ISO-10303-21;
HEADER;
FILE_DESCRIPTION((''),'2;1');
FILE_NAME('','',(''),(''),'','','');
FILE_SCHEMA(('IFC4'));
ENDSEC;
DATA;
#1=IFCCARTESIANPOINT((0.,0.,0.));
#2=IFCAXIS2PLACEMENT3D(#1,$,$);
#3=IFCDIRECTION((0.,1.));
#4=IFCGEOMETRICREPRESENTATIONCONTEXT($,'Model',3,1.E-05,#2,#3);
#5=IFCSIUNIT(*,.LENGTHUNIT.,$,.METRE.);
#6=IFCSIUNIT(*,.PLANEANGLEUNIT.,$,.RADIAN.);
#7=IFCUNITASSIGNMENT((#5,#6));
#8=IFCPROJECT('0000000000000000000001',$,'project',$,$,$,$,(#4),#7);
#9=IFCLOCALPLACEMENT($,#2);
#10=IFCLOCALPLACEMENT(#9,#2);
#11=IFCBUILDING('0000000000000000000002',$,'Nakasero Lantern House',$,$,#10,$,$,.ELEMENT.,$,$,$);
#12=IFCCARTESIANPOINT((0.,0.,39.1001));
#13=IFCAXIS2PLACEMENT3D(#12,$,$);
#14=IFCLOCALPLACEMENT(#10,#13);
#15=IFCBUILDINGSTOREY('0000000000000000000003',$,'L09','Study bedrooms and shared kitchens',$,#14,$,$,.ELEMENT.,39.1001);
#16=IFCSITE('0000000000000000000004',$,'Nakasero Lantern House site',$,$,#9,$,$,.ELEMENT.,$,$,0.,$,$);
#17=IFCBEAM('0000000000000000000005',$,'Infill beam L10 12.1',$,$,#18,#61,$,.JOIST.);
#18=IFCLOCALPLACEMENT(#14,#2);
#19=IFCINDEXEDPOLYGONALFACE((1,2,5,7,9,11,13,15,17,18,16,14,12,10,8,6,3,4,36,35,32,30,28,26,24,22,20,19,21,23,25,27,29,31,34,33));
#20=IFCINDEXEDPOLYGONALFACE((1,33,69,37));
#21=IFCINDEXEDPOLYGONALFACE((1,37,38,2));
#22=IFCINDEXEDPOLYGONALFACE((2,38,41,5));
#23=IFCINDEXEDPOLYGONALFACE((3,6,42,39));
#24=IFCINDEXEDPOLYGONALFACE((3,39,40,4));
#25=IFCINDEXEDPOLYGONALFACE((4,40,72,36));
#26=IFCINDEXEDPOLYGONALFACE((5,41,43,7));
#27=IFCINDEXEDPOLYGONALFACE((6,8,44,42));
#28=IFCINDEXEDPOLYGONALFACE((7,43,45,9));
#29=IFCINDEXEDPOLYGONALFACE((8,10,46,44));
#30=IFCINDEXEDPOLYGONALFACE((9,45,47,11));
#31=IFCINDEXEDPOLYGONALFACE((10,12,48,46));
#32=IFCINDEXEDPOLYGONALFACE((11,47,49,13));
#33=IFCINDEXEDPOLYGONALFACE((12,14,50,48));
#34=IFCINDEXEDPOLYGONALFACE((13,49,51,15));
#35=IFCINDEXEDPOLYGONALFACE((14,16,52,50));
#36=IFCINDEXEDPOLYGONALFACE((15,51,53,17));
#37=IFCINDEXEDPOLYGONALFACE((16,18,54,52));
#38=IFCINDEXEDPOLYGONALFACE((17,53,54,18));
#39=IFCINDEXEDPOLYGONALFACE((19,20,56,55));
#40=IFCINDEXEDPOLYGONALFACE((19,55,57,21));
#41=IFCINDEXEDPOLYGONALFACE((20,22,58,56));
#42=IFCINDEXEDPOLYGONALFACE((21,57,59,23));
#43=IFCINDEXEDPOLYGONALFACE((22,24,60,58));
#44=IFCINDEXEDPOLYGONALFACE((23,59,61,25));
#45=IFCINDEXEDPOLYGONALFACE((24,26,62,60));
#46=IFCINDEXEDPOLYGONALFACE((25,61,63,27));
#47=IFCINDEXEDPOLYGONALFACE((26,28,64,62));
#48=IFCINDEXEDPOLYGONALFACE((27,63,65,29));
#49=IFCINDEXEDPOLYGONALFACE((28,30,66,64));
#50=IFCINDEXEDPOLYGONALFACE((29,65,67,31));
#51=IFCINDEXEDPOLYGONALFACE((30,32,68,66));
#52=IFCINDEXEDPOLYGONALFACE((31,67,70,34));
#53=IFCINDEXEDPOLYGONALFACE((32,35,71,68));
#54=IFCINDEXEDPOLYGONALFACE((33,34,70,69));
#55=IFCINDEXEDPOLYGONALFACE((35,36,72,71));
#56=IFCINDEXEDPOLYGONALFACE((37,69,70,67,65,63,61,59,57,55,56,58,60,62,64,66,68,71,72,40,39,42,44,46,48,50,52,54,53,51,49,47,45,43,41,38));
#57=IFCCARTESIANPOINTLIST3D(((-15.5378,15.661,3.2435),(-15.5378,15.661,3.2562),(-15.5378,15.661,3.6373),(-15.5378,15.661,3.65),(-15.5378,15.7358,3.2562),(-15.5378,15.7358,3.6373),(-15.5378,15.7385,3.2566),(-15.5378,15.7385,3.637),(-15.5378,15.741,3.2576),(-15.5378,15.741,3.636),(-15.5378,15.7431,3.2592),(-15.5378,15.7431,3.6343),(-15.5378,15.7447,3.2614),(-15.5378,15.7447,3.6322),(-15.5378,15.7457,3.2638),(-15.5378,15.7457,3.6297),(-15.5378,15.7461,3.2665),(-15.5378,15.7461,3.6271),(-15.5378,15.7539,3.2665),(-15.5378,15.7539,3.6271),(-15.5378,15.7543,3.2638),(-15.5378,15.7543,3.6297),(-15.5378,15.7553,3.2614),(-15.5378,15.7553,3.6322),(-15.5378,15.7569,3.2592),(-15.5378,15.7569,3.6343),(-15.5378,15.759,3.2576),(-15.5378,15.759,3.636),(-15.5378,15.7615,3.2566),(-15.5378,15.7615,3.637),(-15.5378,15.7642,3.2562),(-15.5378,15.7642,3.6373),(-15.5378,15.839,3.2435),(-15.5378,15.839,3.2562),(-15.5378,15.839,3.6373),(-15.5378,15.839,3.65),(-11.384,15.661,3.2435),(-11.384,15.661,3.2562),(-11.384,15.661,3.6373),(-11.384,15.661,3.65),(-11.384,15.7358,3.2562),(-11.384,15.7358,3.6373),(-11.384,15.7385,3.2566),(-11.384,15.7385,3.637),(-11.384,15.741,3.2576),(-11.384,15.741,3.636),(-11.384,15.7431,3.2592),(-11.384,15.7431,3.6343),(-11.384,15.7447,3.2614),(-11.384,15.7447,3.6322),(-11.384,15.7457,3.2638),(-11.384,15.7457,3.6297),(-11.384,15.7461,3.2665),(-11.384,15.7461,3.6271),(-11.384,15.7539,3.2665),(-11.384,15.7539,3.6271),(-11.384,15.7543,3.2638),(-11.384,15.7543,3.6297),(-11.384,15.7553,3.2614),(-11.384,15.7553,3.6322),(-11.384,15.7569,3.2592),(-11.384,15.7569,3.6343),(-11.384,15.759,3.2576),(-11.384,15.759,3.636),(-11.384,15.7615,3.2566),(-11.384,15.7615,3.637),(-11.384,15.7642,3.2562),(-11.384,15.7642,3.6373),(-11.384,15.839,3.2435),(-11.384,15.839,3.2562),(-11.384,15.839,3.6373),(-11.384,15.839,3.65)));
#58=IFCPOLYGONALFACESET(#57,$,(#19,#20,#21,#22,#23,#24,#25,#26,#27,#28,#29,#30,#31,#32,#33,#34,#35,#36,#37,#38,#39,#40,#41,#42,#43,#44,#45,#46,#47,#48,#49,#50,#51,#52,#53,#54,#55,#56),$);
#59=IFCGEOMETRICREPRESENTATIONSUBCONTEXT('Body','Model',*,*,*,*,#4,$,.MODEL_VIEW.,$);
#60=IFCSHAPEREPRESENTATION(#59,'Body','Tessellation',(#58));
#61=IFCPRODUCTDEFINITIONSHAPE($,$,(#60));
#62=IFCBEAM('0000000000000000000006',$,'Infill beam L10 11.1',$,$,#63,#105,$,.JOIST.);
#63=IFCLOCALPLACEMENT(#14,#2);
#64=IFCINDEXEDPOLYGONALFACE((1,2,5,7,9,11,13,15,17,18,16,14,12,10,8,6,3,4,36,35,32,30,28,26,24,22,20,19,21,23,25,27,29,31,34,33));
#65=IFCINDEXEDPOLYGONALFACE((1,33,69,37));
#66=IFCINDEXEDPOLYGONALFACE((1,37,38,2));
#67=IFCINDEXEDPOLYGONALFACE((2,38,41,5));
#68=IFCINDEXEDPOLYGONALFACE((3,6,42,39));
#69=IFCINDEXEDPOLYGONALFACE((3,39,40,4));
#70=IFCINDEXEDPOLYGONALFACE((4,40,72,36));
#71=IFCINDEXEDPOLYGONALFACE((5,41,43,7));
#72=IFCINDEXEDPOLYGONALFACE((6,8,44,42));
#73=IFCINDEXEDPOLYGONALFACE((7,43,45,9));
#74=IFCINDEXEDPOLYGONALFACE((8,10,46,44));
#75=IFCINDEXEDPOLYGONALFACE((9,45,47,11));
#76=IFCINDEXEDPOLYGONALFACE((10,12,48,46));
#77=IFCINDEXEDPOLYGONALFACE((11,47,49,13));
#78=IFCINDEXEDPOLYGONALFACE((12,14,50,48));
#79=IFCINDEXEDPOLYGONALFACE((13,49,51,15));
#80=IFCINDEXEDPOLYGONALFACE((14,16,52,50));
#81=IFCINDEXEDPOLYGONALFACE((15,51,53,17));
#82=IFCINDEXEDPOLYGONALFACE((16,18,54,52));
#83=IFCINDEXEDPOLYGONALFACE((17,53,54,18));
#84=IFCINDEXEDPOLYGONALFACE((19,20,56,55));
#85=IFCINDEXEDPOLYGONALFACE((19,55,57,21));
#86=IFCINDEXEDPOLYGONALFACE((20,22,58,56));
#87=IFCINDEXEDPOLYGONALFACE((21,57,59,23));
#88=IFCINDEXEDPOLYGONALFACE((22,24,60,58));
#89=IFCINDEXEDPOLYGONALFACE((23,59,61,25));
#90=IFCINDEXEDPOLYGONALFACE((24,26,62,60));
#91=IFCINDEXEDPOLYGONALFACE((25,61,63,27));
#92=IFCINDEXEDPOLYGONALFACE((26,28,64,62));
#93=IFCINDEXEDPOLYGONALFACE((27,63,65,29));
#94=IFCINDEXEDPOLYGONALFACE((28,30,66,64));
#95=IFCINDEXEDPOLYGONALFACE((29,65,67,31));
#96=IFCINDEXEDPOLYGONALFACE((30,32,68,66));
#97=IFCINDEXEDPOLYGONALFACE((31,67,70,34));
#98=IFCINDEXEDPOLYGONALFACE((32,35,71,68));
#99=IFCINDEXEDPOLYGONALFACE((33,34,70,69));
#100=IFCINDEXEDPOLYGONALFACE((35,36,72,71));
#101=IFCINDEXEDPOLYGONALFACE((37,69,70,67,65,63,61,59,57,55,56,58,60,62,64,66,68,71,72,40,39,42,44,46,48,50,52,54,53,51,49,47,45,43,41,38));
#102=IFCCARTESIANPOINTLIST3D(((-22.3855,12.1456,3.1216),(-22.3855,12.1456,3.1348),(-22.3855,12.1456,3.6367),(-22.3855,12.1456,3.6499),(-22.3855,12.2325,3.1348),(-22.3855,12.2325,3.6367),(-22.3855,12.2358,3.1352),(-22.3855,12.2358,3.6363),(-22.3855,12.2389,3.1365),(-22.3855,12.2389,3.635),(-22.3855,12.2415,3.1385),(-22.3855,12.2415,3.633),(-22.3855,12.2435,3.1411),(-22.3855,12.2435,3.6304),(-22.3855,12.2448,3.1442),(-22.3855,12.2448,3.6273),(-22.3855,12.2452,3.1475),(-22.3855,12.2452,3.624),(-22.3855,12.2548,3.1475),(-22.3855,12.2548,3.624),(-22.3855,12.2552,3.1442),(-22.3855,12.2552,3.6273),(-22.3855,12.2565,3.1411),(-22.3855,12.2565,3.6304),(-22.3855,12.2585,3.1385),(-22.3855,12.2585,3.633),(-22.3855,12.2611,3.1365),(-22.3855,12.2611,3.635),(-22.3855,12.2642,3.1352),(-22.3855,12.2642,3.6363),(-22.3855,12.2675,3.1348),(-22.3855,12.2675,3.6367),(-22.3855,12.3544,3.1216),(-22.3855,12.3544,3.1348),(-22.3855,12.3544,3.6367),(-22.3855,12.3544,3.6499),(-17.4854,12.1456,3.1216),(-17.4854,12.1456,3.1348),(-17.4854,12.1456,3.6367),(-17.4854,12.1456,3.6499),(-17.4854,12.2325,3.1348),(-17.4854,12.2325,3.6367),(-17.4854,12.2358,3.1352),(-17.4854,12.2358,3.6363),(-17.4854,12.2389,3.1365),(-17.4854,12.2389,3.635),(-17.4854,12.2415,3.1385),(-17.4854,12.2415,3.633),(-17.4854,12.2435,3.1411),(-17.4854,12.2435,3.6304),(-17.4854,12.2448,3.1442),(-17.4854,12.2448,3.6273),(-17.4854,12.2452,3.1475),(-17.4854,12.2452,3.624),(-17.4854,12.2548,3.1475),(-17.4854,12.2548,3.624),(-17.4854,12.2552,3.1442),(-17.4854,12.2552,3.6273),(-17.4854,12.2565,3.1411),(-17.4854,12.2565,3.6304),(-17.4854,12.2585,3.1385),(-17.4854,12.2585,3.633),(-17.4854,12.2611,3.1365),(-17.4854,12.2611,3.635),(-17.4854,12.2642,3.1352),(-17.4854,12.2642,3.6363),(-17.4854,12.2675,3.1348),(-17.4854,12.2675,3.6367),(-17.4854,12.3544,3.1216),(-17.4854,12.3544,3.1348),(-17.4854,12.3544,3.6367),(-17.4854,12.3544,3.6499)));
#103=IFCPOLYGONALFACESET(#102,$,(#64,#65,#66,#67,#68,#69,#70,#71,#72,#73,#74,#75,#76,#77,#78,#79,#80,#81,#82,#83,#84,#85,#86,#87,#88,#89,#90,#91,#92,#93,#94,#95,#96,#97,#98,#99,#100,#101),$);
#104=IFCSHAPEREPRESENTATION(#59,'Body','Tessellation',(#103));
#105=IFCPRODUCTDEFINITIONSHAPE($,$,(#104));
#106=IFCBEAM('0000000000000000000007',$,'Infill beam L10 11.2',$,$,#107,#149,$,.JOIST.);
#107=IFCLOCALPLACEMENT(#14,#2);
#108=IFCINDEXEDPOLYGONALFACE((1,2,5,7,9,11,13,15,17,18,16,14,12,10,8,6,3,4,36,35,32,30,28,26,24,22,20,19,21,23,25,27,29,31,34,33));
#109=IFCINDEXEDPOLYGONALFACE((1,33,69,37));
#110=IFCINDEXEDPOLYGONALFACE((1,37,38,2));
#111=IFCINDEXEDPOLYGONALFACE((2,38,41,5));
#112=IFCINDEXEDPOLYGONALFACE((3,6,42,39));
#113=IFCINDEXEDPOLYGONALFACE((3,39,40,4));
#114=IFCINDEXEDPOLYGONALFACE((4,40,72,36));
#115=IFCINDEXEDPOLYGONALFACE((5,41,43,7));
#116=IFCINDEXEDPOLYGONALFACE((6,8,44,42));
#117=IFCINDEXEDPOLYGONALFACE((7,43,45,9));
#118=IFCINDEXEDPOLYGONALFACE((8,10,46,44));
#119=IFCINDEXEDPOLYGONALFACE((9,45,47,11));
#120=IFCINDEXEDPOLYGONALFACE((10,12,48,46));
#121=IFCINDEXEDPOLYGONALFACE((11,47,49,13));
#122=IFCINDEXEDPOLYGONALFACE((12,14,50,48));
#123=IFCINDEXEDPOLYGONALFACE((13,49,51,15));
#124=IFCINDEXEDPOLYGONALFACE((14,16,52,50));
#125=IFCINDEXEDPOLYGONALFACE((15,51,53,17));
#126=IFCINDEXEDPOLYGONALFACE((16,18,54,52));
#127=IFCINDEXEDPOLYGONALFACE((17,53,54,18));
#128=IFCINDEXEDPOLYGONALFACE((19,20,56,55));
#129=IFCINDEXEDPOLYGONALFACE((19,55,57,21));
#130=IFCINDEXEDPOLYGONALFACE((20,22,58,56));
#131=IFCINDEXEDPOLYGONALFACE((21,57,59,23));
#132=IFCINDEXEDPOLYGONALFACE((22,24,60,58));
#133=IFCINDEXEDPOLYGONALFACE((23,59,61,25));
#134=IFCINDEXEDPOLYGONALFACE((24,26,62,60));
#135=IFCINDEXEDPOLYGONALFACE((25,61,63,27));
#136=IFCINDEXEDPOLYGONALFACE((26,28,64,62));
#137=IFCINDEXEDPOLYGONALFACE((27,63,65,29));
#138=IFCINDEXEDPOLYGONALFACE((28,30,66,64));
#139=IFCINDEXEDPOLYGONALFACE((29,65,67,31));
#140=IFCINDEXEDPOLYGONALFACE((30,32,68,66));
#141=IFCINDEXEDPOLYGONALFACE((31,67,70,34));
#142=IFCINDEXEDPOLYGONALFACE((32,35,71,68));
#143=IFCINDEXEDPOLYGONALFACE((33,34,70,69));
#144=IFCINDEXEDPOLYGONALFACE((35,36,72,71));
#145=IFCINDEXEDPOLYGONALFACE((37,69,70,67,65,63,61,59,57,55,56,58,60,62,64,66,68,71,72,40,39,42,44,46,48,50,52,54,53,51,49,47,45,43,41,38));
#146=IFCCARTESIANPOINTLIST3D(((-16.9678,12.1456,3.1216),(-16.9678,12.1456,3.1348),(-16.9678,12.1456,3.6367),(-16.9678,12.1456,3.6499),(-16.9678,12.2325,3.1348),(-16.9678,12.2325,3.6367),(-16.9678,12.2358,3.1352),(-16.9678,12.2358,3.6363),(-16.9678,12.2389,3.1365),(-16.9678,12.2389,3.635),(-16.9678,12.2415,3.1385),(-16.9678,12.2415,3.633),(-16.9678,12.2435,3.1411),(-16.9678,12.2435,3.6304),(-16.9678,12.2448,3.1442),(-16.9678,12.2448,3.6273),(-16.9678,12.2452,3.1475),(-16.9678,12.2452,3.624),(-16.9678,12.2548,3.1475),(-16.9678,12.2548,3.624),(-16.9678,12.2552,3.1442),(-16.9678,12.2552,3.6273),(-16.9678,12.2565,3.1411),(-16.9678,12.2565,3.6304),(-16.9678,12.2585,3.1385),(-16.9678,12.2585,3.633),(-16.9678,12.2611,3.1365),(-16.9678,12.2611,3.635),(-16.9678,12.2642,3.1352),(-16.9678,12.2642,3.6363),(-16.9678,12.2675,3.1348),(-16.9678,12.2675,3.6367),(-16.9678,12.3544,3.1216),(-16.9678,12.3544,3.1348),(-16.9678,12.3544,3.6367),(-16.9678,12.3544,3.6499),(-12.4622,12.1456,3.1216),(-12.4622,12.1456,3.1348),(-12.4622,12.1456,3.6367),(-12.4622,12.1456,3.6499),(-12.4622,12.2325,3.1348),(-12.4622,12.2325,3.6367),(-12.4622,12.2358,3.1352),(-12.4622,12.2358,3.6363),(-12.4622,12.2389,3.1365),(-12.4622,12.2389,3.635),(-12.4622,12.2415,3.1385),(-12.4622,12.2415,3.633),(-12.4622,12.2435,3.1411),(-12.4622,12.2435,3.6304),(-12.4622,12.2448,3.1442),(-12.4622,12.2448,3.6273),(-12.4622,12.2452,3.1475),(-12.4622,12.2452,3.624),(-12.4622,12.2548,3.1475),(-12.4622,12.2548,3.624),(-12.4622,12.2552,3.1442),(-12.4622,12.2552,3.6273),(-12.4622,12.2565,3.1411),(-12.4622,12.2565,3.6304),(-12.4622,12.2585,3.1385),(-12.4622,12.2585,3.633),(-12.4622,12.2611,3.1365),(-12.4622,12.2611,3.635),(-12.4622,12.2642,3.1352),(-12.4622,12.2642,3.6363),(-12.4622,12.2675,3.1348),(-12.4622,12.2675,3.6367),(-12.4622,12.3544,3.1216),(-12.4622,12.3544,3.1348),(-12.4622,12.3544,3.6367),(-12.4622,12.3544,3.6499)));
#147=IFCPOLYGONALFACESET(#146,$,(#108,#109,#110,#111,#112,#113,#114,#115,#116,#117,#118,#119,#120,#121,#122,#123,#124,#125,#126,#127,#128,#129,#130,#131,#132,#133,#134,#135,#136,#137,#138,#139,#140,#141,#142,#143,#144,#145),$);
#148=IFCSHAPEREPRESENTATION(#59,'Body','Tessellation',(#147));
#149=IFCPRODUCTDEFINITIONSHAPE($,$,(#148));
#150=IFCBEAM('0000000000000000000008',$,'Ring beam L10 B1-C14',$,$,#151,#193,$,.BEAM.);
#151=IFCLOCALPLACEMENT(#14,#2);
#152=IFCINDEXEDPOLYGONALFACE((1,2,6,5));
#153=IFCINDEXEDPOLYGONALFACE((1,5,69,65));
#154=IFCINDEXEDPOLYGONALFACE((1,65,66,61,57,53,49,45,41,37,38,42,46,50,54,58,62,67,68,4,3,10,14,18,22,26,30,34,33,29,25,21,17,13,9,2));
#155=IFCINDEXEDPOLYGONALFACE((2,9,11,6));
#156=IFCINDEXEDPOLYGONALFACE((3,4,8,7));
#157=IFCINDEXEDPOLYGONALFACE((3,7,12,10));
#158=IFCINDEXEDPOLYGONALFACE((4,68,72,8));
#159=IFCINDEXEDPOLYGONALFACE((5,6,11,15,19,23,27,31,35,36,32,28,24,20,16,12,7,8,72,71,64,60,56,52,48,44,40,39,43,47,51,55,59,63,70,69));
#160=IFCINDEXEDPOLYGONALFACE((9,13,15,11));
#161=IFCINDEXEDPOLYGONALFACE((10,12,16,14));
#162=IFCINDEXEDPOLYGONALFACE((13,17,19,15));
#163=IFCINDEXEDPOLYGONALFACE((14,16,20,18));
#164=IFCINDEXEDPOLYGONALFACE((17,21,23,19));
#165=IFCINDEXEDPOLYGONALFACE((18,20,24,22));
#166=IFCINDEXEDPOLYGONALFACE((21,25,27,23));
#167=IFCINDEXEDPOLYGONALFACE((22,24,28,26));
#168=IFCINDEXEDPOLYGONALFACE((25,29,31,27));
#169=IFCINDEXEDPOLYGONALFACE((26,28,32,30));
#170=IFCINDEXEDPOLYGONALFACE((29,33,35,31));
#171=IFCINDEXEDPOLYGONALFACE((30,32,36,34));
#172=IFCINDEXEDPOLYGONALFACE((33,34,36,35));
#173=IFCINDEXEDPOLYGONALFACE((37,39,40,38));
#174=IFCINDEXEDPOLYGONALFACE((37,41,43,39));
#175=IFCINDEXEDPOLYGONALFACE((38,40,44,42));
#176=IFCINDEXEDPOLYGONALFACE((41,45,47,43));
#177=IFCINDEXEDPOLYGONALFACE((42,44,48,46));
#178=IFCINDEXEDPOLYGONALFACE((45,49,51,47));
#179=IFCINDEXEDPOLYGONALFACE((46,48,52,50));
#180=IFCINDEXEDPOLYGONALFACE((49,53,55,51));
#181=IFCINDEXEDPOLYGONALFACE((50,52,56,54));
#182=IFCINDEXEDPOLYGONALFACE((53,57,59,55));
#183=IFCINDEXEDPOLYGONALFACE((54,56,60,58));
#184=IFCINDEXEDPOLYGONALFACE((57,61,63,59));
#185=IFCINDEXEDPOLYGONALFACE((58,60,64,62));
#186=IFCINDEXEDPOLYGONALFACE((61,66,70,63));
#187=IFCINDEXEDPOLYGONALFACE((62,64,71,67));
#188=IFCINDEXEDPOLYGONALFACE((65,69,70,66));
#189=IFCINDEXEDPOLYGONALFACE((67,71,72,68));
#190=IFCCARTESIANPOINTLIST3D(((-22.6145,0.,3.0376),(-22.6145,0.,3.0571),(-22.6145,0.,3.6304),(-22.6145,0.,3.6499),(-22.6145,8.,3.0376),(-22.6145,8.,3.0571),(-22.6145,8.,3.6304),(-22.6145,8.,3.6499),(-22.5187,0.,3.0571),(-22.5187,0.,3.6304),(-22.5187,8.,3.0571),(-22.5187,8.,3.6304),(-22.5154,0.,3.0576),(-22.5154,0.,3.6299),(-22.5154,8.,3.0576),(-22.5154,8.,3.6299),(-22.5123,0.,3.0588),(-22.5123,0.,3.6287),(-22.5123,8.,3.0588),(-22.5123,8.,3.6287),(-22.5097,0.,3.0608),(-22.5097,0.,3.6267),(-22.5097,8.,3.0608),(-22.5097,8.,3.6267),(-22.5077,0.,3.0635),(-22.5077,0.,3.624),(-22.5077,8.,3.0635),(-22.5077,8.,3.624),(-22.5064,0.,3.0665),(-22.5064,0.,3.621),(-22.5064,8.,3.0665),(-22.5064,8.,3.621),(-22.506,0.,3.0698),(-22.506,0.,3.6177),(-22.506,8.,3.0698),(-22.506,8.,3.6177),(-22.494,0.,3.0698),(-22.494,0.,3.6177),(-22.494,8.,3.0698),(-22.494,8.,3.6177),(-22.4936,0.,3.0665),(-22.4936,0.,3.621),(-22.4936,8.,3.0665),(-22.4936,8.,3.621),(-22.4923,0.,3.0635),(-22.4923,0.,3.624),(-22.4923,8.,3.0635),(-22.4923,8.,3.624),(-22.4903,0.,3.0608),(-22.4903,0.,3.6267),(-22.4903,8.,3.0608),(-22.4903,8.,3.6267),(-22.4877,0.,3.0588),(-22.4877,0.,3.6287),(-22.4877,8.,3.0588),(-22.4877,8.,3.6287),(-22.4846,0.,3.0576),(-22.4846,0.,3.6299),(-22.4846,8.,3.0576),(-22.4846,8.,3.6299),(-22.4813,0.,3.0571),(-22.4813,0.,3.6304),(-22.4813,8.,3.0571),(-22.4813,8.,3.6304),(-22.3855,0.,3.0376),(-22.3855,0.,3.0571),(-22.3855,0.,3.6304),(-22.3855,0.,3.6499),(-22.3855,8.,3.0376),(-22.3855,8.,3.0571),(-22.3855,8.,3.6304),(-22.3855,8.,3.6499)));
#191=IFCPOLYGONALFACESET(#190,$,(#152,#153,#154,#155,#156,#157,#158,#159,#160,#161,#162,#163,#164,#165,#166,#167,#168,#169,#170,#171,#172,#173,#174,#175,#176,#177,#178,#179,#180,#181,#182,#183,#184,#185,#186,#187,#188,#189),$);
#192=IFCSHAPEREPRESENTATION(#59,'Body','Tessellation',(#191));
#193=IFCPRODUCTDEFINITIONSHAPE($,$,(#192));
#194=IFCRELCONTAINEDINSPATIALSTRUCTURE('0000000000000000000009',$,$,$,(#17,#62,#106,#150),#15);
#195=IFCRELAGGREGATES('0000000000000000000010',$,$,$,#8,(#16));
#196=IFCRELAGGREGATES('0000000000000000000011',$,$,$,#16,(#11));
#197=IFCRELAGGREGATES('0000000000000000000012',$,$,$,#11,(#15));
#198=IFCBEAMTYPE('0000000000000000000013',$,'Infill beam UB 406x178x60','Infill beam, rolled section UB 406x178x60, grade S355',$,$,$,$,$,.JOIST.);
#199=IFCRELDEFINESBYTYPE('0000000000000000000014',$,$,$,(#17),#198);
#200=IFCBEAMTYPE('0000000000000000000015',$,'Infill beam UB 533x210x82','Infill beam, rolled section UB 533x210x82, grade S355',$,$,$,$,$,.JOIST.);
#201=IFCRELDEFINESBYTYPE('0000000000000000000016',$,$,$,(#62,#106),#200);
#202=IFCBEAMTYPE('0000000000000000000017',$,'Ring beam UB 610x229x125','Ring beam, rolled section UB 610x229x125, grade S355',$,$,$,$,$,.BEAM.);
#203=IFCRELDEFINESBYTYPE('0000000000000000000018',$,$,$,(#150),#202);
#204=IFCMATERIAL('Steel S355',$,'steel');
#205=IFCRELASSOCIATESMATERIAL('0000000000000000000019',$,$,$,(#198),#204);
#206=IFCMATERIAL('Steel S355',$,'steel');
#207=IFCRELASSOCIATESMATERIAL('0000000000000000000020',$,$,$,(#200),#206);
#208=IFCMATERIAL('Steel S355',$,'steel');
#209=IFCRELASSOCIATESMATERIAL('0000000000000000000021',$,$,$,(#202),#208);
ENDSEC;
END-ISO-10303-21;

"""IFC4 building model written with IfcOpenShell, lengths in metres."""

from ifc_helpers import new_model, si_unit, direction, frame, origin, origin_2d, place, context, subcontext, project, spatial, i_section, extrude, material, material_profile, profile_set, type_object, element, save


model = new_model("IFC4")

# Units and contexts
model_context = context("Model", 3, precision=1e-05, world=origin(), true_north=direction((0.0, 1.0)))
body_context = subcontext(model_context, "Body", "Model", "MODEL_VIEW")
ifc_project = project(units=[si_unit("LENGTHUNIT", "METRE"), si_unit("PLANEANGLEUNIT", "RADIAN")], contexts=[model_context])

# Site, building, storey
site_placement = place(None, origin())
site = spatial("IfcSite", under=ifc_project, at=site_placement, Name="Nakasero Lantern House site", CompositionType="ELEMENT", RefElevation=0.0)
building_placement = place(site_placement, origin())
building = spatial("IfcBuilding", under=site, at=building_placement, Name="Nakasero Lantern House", CompositionType="ELEMENT")
storey_placement = place(building_placement, frame((0.0, 0.0, 39.1001)))
storey = spatial("IfcBuildingStorey", under=building, at=storey_placement, Name="L09", Description="Study bedrooms and shared kitchens", CompositionType="ELEMENT", Elevation=39.1001)

# Beams
ifc_material_1 = material(Name="Steel S355", Category="steel")
ifc_material_profile_1 = material_profile(ifc_material_1, i_section(OverallWidth=0.178, OverallDepth=0.4065, WebThickness=0.0078, FlangeThickness=0.0127, FilletRadius=0.0103, at=origin_2d()), Name="UB 406x178x60")
ifc_profile_set_1 = profile_set([ifc_material_profile_1], Name="Steel S355")
beam_type_1 = type_object("IfcBeamType", Name="Infill beam UB 406x178x60", Description="Infill beam, rolled section UB 406x178x60, grade S355", PredefinedType="JOIST", material=ifc_profile_set_1)
beam_1_placement = place(storey_placement, frame((-15.5378, 15.75, 3.4468), z_axis=(1.0, 0.0, 0.0), x_axis=(0.0, 1.0, 0.0)))
element("IfcBeam", 1, at=beam_1_placement, inside=storey, type_object=beam_type_1, Name="Infill beam L10 12.1", PredefinedType="JOIST", context=body_context, shape_type="SweptSolid", body=[
    extrude(i_section(OverallWidth=0.178, OverallDepth=0.4065, WebThickness=0.0078, FlangeThickness=0.0127, FilletRadius=0.0103, at=origin_2d()), origin(), (0.0, 0.0, 1.0), 4.1538),
])
ifc_material_2 = material(Name="Steel S355", Category="steel")
ifc_material_profile_2 = material_profile(ifc_material_2, i_section(OverallWidth=0.2087, OverallDepth=0.5283, WebThickness=0.0095, FlangeThickness=0.0132, FilletRadius=0.0127, at=origin_2d()), Name="UB 533x210x82")
ifc_profile_set_2 = profile_set([ifc_material_profile_2], Name="Steel S355")
beam_type_2 = type_object("IfcBeamType", Name="Infill beam UB 533x210x82", Description="Infill beam, rolled section UB 533x210x82, grade S355", PredefinedType="JOIST", material=ifc_profile_set_2)
beam_2_placement = place(storey_placement, frame((-22.3855, 12.25, 3.3857), z_axis=(1.0, 0.0, 0.0), x_axis=(0.0, 1.0, 0.0)))
element("IfcBeam", 2, at=beam_2_placement, inside=storey, type_object=beam_type_2, Name="Infill beam L10 11.1", PredefinedType="JOIST", context=body_context, shape_type="SweptSolid", body=[
    extrude(i_section(OverallWidth=0.2087, OverallDepth=0.5283, WebThickness=0.0095, FlangeThickness=0.0132, FilletRadius=0.0127, at=origin_2d()), origin(), (0.0, 0.0, 1.0), 4.9001),
])
beam_3_placement = place(storey_placement, frame((-16.9678, 12.25, 3.3857), z_axis=(1.0, 0.0, 0.0), x_axis=(0.0, 1.0, 0.0)))
element("IfcBeam", 3, at=beam_3_placement, inside=storey, type_object=beam_type_2, Name="Infill beam L10 11.2", PredefinedType="JOIST", context=body_context, shape_type="SweptSolid", body=[
    extrude(i_section(OverallWidth=0.2087, OverallDepth=0.5283, WebThickness=0.0095, FlangeThickness=0.0132, FilletRadius=0.0127, at=origin_2d()), origin(), (0.0, 0.0, 1.0), 4.5056),
])
ifc_material_3 = material(Name="Steel S355", Category="steel")
ifc_material_profile_3 = material_profile(ifc_material_3, i_section(OverallWidth=0.229, OverallDepth=0.6123, WebThickness=0.012, FlangeThickness=0.0195, FilletRadius=0.0127, at=origin_2d()), Name="UB 610x229x125")
ifc_profile_set_3 = profile_set([ifc_material_profile_3], Name="Steel S355")
beam_type_3 = type_object("IfcBeamType", Name="Ring beam UB 610x229x125", Description="Ring beam, rolled section UB 610x229x125, grade S355", PredefinedType="BEAM", material=ifc_profile_set_3)
beam_4_placement = place(storey_placement, frame((-22.5, 8.0, 3.3438), z_axis=(0.0, -1.0, 0.0), x_axis=(1.0, 0.0, 0.0)))
element("IfcBeam", 4, at=beam_4_placement, inside=storey, type_object=beam_type_3, Name="Ring beam L10 B1-C14", PredefinedType="BEAM", context=body_context, shape_type="SweptSolid", body=[
    extrude(i_section(OverallWidth=0.229, OverallDepth=0.6123, WebThickness=0.012, FlangeThickness=0.0195, FilletRadius=0.0127, at=origin_2d()), origin(), (0.0, 0.0, 1.0), 8.0),
])

save(model, "model.ifc")
